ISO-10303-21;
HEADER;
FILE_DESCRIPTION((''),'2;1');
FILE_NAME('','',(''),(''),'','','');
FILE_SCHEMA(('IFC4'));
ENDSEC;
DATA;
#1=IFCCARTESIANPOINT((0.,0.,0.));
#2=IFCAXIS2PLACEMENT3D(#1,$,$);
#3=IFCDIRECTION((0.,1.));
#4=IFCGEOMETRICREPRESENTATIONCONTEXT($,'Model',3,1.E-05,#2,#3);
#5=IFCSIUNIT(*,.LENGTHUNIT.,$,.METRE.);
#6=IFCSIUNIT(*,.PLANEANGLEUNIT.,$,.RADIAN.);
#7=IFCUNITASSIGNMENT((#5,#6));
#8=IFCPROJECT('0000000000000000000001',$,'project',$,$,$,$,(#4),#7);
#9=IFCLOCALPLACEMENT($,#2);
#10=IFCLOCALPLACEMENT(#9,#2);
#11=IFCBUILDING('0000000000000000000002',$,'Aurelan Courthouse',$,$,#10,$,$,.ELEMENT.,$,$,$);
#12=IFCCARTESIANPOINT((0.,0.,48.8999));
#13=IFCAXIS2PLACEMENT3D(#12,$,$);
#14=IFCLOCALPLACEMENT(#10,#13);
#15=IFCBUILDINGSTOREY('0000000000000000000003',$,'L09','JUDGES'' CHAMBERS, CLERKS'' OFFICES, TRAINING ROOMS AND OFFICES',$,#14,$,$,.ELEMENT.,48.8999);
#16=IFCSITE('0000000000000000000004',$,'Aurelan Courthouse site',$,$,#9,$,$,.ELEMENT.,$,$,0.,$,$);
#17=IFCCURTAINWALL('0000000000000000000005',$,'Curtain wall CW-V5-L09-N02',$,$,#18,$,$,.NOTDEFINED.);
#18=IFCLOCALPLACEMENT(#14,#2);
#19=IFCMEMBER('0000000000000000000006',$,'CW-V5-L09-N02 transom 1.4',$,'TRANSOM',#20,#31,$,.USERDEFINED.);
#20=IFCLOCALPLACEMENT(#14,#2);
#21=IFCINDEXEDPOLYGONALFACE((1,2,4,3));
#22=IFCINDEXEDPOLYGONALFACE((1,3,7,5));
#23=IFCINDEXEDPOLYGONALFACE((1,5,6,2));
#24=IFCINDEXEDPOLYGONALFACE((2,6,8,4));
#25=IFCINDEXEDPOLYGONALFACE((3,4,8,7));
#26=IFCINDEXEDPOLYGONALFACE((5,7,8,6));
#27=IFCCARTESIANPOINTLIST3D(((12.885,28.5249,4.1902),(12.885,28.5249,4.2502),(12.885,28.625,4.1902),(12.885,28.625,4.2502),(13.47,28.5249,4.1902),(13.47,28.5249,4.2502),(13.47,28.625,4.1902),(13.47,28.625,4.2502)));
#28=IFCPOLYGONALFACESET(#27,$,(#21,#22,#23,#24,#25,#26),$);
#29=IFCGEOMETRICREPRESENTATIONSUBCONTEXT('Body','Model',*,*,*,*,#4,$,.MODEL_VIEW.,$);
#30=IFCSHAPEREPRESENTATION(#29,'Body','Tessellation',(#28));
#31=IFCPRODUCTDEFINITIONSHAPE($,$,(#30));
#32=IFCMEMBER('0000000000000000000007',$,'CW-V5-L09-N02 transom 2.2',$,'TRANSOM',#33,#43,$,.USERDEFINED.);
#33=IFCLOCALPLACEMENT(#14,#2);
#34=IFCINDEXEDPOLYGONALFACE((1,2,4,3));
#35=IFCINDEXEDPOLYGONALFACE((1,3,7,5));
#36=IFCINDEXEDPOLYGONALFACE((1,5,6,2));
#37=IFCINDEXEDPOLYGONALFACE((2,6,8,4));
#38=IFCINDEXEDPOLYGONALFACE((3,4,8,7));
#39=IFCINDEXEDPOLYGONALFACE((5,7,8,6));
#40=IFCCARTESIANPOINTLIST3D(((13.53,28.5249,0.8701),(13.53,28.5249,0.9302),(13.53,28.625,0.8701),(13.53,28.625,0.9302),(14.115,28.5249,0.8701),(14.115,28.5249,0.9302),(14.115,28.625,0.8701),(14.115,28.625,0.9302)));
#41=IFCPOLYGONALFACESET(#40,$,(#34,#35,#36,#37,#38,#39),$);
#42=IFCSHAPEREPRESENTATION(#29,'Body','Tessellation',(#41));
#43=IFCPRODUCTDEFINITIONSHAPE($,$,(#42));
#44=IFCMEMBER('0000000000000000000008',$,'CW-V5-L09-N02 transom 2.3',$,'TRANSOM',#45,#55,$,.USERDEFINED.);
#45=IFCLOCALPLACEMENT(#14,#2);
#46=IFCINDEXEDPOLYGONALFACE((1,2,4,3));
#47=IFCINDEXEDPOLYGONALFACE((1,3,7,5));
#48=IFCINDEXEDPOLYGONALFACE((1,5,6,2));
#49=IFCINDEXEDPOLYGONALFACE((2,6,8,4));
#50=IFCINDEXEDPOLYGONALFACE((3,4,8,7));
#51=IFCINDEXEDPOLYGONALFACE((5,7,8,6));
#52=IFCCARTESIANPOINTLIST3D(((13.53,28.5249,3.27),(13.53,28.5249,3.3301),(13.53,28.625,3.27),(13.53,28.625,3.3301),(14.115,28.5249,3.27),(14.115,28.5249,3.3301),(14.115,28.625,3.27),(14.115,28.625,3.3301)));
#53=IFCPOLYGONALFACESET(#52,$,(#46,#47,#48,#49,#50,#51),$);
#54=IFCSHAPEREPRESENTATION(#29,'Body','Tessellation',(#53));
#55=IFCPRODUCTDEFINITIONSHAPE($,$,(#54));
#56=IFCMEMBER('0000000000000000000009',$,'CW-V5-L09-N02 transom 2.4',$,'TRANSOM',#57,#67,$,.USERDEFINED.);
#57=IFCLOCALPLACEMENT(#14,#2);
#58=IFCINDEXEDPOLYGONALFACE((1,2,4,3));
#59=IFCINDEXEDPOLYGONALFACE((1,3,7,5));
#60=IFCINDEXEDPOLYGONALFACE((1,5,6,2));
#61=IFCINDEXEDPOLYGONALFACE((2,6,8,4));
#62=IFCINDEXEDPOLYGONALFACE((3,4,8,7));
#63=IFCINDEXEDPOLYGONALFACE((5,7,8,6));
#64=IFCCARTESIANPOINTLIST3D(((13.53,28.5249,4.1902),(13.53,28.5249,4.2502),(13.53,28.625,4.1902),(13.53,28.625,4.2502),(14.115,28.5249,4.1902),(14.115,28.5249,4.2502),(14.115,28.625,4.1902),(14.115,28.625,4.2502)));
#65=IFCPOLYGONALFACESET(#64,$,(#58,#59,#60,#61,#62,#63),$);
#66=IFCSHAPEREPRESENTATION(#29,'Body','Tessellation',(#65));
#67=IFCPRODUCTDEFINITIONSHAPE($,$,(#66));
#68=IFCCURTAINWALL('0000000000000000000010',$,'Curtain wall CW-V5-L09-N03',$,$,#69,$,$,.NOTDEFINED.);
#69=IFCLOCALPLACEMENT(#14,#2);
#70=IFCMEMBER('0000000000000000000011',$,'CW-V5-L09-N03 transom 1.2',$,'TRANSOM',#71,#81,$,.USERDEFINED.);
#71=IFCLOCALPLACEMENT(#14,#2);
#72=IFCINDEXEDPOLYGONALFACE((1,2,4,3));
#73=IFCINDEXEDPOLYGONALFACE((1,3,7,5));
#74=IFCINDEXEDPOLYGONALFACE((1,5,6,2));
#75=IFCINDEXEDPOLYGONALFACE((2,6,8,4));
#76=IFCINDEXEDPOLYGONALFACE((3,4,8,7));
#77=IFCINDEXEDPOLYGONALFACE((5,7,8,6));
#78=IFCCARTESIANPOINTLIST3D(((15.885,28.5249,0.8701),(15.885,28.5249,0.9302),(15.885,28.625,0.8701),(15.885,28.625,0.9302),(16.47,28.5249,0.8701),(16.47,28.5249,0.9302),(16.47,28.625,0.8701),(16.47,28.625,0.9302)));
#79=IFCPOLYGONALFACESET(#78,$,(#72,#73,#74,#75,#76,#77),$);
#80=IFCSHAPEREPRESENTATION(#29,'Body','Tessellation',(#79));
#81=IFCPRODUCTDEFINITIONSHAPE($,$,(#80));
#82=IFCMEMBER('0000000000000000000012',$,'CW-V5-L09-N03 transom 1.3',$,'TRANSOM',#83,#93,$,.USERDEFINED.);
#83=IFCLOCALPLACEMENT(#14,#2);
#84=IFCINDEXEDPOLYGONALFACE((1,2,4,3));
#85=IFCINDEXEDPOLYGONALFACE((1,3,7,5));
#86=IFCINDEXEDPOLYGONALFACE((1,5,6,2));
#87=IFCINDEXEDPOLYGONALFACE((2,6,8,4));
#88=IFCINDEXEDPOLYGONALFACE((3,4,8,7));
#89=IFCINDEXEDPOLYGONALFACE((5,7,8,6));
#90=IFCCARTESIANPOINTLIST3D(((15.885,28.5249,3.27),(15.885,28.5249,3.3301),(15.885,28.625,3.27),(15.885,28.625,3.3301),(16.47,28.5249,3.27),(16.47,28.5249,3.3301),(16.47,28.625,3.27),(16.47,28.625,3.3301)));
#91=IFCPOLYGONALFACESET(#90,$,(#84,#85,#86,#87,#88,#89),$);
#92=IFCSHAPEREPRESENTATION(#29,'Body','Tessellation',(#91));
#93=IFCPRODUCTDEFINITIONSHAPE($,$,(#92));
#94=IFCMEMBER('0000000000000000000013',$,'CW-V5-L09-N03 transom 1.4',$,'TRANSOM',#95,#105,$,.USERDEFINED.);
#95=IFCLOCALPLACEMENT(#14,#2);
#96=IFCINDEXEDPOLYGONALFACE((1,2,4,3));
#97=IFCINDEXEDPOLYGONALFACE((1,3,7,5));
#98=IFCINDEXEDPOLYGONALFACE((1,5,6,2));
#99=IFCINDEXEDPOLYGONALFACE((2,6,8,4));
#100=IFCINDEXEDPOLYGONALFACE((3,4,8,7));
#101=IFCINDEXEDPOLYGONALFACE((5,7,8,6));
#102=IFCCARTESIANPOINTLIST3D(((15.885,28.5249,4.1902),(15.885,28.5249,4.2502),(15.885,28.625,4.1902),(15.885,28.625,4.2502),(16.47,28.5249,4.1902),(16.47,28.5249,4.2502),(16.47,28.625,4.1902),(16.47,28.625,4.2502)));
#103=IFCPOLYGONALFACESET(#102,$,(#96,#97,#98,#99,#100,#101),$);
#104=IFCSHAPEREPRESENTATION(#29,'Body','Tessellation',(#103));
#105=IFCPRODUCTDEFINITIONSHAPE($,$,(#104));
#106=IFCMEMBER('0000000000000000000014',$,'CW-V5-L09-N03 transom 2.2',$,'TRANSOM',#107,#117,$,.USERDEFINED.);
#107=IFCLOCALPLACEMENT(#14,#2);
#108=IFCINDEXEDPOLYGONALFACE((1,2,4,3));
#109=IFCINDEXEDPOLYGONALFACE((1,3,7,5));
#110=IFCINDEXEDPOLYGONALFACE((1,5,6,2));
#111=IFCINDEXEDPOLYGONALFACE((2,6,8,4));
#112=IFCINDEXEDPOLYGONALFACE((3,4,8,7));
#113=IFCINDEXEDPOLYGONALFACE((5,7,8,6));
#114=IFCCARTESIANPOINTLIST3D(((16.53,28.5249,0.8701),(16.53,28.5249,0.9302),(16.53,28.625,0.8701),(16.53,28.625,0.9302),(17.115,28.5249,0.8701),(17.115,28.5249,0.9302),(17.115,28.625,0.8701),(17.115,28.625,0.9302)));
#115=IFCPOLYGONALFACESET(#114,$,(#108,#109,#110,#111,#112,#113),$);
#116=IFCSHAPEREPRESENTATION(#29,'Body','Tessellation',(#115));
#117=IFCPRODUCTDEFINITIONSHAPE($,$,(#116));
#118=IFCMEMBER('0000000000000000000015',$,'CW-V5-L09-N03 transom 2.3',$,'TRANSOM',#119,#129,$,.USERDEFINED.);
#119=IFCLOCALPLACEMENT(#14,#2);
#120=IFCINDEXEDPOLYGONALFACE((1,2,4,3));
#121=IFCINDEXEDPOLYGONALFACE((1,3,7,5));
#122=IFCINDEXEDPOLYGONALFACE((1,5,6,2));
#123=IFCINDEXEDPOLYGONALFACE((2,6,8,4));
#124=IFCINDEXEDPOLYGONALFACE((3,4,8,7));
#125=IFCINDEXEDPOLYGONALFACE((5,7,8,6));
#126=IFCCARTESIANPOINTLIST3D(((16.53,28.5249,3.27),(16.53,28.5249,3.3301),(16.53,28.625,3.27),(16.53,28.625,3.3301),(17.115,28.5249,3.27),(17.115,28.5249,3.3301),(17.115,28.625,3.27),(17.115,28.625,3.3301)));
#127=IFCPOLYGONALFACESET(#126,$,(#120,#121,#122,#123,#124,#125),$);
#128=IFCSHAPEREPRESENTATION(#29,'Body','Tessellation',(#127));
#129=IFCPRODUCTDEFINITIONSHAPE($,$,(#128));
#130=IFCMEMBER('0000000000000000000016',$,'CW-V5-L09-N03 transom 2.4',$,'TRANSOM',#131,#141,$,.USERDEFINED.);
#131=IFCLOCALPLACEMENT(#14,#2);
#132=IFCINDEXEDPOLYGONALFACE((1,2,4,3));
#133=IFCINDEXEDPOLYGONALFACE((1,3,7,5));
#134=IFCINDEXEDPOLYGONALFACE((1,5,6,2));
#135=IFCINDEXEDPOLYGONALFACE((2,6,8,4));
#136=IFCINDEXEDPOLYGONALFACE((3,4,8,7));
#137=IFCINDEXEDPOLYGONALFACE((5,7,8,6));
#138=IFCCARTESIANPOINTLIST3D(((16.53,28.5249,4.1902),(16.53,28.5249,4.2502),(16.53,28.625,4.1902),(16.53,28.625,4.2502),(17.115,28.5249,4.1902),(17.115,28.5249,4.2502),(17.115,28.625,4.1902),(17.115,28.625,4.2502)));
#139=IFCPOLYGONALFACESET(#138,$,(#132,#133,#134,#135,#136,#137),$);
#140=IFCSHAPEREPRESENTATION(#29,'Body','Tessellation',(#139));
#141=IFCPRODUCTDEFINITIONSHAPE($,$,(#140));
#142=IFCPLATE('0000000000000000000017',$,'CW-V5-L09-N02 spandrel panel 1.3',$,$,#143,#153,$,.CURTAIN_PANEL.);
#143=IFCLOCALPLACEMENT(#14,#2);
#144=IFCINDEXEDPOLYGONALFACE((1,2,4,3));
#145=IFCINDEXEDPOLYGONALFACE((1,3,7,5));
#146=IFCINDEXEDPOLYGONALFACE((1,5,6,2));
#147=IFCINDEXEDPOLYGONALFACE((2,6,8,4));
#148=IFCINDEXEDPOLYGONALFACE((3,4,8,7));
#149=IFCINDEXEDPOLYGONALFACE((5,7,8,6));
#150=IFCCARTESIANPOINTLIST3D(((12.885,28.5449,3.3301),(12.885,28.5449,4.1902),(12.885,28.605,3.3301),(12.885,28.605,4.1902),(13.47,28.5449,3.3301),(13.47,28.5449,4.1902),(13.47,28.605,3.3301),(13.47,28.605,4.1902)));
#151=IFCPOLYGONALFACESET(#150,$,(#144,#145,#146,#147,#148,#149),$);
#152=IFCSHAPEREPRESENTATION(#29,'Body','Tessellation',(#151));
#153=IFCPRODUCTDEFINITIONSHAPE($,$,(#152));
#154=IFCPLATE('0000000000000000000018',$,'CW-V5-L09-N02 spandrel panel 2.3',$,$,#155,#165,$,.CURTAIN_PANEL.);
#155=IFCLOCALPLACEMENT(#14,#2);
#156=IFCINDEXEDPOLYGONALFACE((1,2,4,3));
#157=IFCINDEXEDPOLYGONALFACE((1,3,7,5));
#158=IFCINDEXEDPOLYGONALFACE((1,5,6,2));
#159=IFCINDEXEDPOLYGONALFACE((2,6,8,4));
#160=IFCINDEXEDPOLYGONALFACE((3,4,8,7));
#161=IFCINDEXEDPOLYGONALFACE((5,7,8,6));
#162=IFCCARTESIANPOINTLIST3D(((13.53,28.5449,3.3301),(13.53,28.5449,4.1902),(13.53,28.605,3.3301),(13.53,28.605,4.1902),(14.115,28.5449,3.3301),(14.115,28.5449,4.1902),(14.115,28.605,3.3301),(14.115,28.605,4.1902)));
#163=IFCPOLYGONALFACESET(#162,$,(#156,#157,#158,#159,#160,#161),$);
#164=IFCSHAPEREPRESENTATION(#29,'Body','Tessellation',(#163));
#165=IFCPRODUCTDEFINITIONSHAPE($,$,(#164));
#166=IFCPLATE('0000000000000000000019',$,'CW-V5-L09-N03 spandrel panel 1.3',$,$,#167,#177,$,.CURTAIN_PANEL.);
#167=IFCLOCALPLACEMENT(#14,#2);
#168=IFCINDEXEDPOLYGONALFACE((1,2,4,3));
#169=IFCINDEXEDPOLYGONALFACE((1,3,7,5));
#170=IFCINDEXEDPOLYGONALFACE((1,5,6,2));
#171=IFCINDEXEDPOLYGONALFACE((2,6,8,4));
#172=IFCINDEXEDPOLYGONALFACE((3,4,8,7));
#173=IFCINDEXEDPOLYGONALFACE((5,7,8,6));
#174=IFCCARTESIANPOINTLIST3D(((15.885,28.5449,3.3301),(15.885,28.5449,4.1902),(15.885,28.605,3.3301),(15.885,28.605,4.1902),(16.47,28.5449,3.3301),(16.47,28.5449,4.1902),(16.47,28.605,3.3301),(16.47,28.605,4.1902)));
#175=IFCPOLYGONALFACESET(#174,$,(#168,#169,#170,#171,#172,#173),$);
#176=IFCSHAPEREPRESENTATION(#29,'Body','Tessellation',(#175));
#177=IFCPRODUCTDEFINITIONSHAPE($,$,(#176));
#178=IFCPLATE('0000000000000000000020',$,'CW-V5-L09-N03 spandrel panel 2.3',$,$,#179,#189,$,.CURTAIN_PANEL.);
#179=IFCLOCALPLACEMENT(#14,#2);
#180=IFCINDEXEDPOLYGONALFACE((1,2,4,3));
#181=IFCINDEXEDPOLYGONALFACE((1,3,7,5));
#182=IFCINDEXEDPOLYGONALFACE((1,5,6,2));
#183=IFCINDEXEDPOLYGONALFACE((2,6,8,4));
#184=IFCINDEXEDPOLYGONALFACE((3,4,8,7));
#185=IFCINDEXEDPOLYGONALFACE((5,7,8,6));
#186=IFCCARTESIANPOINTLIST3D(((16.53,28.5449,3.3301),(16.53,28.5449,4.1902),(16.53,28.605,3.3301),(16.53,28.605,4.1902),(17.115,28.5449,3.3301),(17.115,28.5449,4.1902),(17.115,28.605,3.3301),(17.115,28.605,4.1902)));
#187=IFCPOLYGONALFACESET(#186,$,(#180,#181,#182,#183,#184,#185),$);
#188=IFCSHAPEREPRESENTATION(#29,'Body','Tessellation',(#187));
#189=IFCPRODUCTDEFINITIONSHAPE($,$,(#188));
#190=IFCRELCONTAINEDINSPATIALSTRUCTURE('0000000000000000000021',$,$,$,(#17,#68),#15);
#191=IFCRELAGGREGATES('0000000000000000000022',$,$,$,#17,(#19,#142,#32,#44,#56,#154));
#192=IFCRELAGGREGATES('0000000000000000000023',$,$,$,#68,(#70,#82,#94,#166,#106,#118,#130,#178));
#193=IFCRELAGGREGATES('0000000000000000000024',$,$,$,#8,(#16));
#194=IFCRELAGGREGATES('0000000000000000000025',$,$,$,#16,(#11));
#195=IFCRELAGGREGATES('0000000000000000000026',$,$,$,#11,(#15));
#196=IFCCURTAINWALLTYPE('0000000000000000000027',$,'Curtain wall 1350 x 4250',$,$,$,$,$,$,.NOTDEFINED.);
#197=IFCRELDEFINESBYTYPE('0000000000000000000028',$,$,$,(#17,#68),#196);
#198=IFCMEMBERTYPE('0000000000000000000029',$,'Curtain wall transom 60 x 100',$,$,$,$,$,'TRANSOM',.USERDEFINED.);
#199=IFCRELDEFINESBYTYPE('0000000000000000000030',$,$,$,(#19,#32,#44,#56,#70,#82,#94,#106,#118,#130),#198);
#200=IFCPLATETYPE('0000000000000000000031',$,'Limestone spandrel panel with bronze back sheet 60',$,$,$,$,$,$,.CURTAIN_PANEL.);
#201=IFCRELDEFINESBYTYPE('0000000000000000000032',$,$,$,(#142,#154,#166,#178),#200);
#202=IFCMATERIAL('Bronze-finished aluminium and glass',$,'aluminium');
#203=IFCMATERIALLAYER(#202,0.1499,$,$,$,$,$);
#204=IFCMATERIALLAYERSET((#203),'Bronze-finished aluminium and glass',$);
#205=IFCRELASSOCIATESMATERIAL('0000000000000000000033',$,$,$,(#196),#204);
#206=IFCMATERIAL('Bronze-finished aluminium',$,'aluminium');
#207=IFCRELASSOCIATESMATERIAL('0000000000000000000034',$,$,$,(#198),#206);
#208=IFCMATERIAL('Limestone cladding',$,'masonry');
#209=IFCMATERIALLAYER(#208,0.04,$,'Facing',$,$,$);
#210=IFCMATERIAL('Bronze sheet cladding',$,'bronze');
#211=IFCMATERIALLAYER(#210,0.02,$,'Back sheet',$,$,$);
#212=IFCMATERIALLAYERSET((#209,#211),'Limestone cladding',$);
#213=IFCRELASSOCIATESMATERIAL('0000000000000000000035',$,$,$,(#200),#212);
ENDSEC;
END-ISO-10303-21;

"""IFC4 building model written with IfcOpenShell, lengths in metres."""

from ifc_helpers import new_model, si_unit, direction, frame, origin, origin_2d, place, context, subcontext, project, spatial, rectangle, extrude, material, layer, layer_set, material_profile, profile_set, type_object, element, aggregate, save


model = new_model("IFC4")

# Units and contexts
model_context = context("Model", 3, precision=1e-05, world=origin(), true_north=direction((0.0, 1.0)))
body_context = subcontext(model_context, "Body", "Model", "MODEL_VIEW")
ifc_project = project(units=[si_unit("LENGTHUNIT", "METRE"), si_unit("PLANEANGLEUNIT", "RADIAN")], contexts=[model_context])

# Site, building, storey
site_placement = place(None, origin())
site = spatial("IfcSite", under=ifc_project, at=site_placement, Name="Aurelan Courthouse site", CompositionType="ELEMENT", RefElevation=0.0)
building_placement = place(site_placement, origin())
building = spatial("IfcBuilding", under=site, at=building_placement, Name="Aurelan Courthouse", CompositionType="ELEMENT")
storey_placement = place(building_placement, frame((0.0, 0.0, 48.8999)))
storey = spatial("IfcBuildingStorey", under=building, at=storey_placement, Name="L09", Description="JUDGES' CHAMBERS, CLERKS' OFFICES, TRAINING ROOMS AND OFFICES", CompositionType="ELEMENT", Elevation=48.8999)

# Curtain walls, members
ifc_material_1 = material(Name="Bronze-finished aluminium and glass", Category="aluminium")
ifc_layer_1 = layer(ifc_material_1, 0.1499)
ifc_layer_set_1 = layer_set([ifc_layer_1], Name="Bronze-finished aluminium and glass")
curtain_wall_type = type_object("IfcCurtainWallType", Name="Curtain wall 1350 x 4250", PredefinedType="NOTDEFINED", material=ifc_layer_set_1)
curtain_wall_1_placement = place(storey_placement, origin())
curtain_wall_1 = element("IfcCurtainWall", 1, at=curtain_wall_1_placement, inside=storey, type_object=curtain_wall_type, Name="Curtain wall CW-V5-L09-N02", PredefinedType="NOTDEFINED")
ifc_material_2 = material(Name="Bronze-finished aluminium", Category="aluminium")
ifc_material_profile = material_profile(ifc_material_2, rectangle(XDim=0.1001, YDim=0.0601, at=origin_2d()), Name="Bronze transom 60 x 100")
ifc_profile_set = profile_set([ifc_material_profile], Name="Bronze-finished aluminium")
member_type = type_object("IfcMemberType", Name="Curtain wall transom 60 x 100", ElementType="TRANSOM", PredefinedType="USERDEFINED", material=ifc_profile_set)
member_1_placement = place(storey_placement, frame((12.885, 28.575, 4.2202), z_axis=(1.0, 0.0, 0.0), x_axis=(0.0, 1.0, 0.0)))
member_1 = element("IfcMember", 2, at=member_1_placement, type_object=member_type, Name="CW-V5-L09-N02 transom 1.4", ObjectType="TRANSOM", PredefinedType="USERDEFINED", context=body_context, shape_type="SweptSolid", body=[
    extrude(rectangle(XDim=0.1001, YDim=0.0601, at=origin_2d()), origin(), (0.0, 0.0, 1.0), 0.585),
])
member_2_placement = place(storey_placement, frame((13.53, 28.575, 0.9001), z_axis=(1.0, 0.0, 0.0), x_axis=(0.0, 1.0, 0.0)))
member_2 = element("IfcMember", 3, at=member_2_placement, type_object=member_type, Name="CW-V5-L09-N02 transom 2.2", ObjectType="TRANSOM", PredefinedType="USERDEFINED", context=body_context, shape_type="SweptSolid", body=[
    extrude(rectangle(XDim=0.1001, YDim=0.0601, at=origin_2d()), origin(), (0.0, 0.0, 1.0), 0.585),
])
member_3_placement = place(storey_placement, frame((13.53, 28.575, 3.3), z_axis=(1.0, 0.0, 0.0), x_axis=(0.0, 1.0, 0.0)))
member_3 = element("IfcMember", 4, at=member_3_placement, type_object=member_type, Name="CW-V5-L09-N02 transom 2.3", ObjectType="TRANSOM", PredefinedType="USERDEFINED", context=body_context, shape_type="SweptSolid", body=[
    extrude(rectangle(XDim=0.1001, YDim=0.0601, at=origin_2d()), origin(), (0.0, 0.0, 1.0), 0.585),
])
member_4_placement = place(storey_placement, frame((13.53, 28.575, 4.2202), z_axis=(1.0, 0.0, 0.0), x_axis=(0.0, 1.0, 0.0)))
member_4 = element("IfcMember", 5, at=member_4_placement, type_object=member_type, Name="CW-V5-L09-N02 transom 2.4", ObjectType="TRANSOM", PredefinedType="USERDEFINED", context=body_context, shape_type="SweptSolid", body=[
    extrude(rectangle(XDim=0.1001, YDim=0.0601, at=origin_2d()), origin(), (0.0, 0.0, 1.0), 0.585),
])
curtain_wall_2_placement = place(storey_placement, origin())
curtain_wall_2 = element("IfcCurtainWall", 6, at=curtain_wall_2_placement, inside=storey, type_object=curtain_wall_type, Name="Curtain wall CW-V5-L09-N03", PredefinedType="NOTDEFINED")
member_5_placement = place(storey_placement, frame((15.885, 28.575, 0.9001), z_axis=(1.0, 0.0, 0.0), x_axis=(0.0, 1.0, 0.0)))
member_5 = element("IfcMember", 7, at=member_5_placement, type_object=member_type, Name="CW-V5-L09-N03 transom 1.2", ObjectType="TRANSOM", PredefinedType="USERDEFINED", context=body_context, shape_type="SweptSolid", body=[
    extrude(rectangle(XDim=0.1001, YDim=0.0601, at=origin_2d()), origin(), (0.0, 0.0, 1.0), 0.585),
])
member_6_placement = place(storey_placement, frame((15.885, 28.575, 3.3), z_axis=(1.0, 0.0, 0.0), x_axis=(0.0, 1.0, 0.0)))
member_6 = element("IfcMember", 8, at=member_6_placement, type_object=member_type, Name="CW-V5-L09-N03 transom 1.3", ObjectType="TRANSOM", PredefinedType="USERDEFINED", context=body_context, shape_type="SweptSolid", body=[
    extrude(rectangle(XDim=0.1001, YDim=0.0601, at=origin_2d()), origin(), (0.0, 0.0, 1.0), 0.585),
])
member_7_placement = place(storey_placement, frame((15.885, 28.575, 4.2202), z_axis=(1.0, 0.0, 0.0), x_axis=(0.0, 1.0, 0.0)))
member_7 = element("IfcMember", 9, at=member_7_placement, type_object=member_type, Name="CW-V5-L09-N03 transom 1.4", ObjectType="TRANSOM", PredefinedType="USERDEFINED", context=body_context, shape_type="SweptSolid", body=[
    extrude(rectangle(XDim=0.1001, YDim=0.0601, at=origin_2d()), origin(), (0.0, 0.0, 1.0), 0.585),
])
member_8_placement = place(storey_placement, frame((16.53, 28.575, 0.9001), z_axis=(1.0, 0.0, 0.0), x_axis=(0.0, 1.0, 0.0)))
member_8 = element("IfcMember", 10, at=member_8_placement, type_object=member_type, Name="CW-V5-L09-N03 transom 2.2", ObjectType="TRANSOM", PredefinedType="USERDEFINED", context=body_context, shape_type="SweptSolid", body=[
    extrude(rectangle(XDim=0.1001, YDim=0.0601, at=origin_2d()), origin(), (0.0, 0.0, 1.0), 0.585),
])
member_9_placement = place(storey_placement, frame((16.53, 28.575, 3.3), z_axis=(1.0, 0.0, 0.0), x_axis=(0.0, 1.0, 0.0)))
member_9 = element("IfcMember", 11, at=member_9_placement, type_object=member_type, Name="CW-V5-L09-N03 transom 2.3", ObjectType="TRANSOM", PredefinedType="USERDEFINED", context=body_context, shape_type="SweptSolid", body=[
    extrude(rectangle(XDim=0.1001, YDim=0.0601, at=origin_2d()), origin(), (0.0, 0.0, 1.0), 0.585),
])
member_10_placement = place(storey_placement, frame((16.53, 28.575, 4.2202), z_axis=(1.0, 0.0, 0.0), x_axis=(0.0, 1.0, 0.0)))
member_10 = element("IfcMember", 12, at=member_10_placement, type_object=member_type, Name="CW-V5-L09-N03 transom 2.4", ObjectType="TRANSOM", PredefinedType="USERDEFINED", context=body_context, shape_type="SweptSolid", body=[
    extrude(rectangle(XDim=0.1001, YDim=0.0601, at=origin_2d()), origin(), (0.0, 0.0, 1.0), 0.585),
])

# Plates
ifc_material_3 = material(Name="Limestone cladding", Category="masonry")
ifc_layer_2 = layer(ifc_material_3, 0.04, Name="Facing")
ifc_material_4 = material(Name="Bronze sheet cladding", Category="bronze")
ifc_layer_3 = layer(ifc_material_4, 0.02, Name="Back sheet")
ifc_layer_set_2 = layer_set([ifc_layer_2, ifc_layer_3], Name="Limestone cladding")
plate_type_1 = type_object("IfcPlateType", Name="Limestone spandrel panel with bronze back sheet 60", PredefinedType="CURTAIN_PANEL", material=ifc_layer_set_2)
plate_1_placement = place(storey_placement, frame((13.1775, 28.575, 3.3301), z_axis=(0.0, 0.0, 1.0), x_axis=(1.0, 0.0, 0.0)))
plate_1 = element("IfcPlate", 13, at=plate_1_placement, type_object=plate_type_1, Name="CW-V5-L09-N02 spandrel panel 1.3", PredefinedType="CURTAIN_PANEL", context=body_context, shape_type="SweptSolid", body=[
    extrude(rectangle(XDim=0.585, YDim=0.0601, at=origin_2d()), origin(), (0.0, 0.0, 1.0), 0.8601),
])
plate_2_placement = place(storey_placement, frame((13.8225, 28.575, 3.3301), z_axis=(0.0, 0.0, 1.0), x_axis=(1.0, 0.0, 0.0)))
plate_2 = element("IfcPlate", 14, at=plate_2_placement, type_object=plate_type_1, Name="CW-V5-L09-N02 spandrel panel 2.3", PredefinedType="CURTAIN_PANEL", context=body_context, shape_type="SweptSolid", body=[
    extrude(rectangle(XDim=0.585, YDim=0.0601, at=origin_2d()), origin(), (0.0, 0.0, 1.0), 0.8601),
])
plate_3_placement = place(storey_placement, frame((16.1775, 28.575, 3.3301), z_axis=(0.0, 0.0, 1.0), x_axis=(1.0, 0.0, 0.0)))
plate_3 = element("IfcPlate", 15, at=plate_3_placement, type_object=plate_type_1, Name="CW-V5-L09-N03 spandrel panel 1.3", PredefinedType="CURTAIN_PANEL", context=body_context, shape_type="SweptSolid", body=[
    extrude(rectangle(XDim=0.585, YDim=0.0601, at=origin_2d()), origin(), (0.0, 0.0, 1.0), 0.8601),
])
plate_4_placement = place(storey_placement, frame((16.8225, 28.575, 3.3301), z_axis=(0.0, 0.0, 1.0), x_axis=(1.0, 0.0, 0.0)))
plate_4 = element("IfcPlate", 16, at=plate_4_placement, type_object=plate_type_1, Name="CW-V5-L09-N03 spandrel panel 2.3", PredefinedType="CURTAIN_PANEL", context=body_context, shape_type="SweptSolid", body=[
    extrude(rectangle(XDim=0.585, YDim=0.0601, at=origin_2d()), origin(), (0.0, 0.0, 1.0), 0.8601),
])
aggregate(curtain_wall_1, [member_1, plate_1, member_2, member_3, member_4, plate_2])
aggregate(curtain_wall_2, [member_5, member_6, member_7, plate_3, member_8, member_9, member_10, plate_4])

save(model, "model.ifc")
